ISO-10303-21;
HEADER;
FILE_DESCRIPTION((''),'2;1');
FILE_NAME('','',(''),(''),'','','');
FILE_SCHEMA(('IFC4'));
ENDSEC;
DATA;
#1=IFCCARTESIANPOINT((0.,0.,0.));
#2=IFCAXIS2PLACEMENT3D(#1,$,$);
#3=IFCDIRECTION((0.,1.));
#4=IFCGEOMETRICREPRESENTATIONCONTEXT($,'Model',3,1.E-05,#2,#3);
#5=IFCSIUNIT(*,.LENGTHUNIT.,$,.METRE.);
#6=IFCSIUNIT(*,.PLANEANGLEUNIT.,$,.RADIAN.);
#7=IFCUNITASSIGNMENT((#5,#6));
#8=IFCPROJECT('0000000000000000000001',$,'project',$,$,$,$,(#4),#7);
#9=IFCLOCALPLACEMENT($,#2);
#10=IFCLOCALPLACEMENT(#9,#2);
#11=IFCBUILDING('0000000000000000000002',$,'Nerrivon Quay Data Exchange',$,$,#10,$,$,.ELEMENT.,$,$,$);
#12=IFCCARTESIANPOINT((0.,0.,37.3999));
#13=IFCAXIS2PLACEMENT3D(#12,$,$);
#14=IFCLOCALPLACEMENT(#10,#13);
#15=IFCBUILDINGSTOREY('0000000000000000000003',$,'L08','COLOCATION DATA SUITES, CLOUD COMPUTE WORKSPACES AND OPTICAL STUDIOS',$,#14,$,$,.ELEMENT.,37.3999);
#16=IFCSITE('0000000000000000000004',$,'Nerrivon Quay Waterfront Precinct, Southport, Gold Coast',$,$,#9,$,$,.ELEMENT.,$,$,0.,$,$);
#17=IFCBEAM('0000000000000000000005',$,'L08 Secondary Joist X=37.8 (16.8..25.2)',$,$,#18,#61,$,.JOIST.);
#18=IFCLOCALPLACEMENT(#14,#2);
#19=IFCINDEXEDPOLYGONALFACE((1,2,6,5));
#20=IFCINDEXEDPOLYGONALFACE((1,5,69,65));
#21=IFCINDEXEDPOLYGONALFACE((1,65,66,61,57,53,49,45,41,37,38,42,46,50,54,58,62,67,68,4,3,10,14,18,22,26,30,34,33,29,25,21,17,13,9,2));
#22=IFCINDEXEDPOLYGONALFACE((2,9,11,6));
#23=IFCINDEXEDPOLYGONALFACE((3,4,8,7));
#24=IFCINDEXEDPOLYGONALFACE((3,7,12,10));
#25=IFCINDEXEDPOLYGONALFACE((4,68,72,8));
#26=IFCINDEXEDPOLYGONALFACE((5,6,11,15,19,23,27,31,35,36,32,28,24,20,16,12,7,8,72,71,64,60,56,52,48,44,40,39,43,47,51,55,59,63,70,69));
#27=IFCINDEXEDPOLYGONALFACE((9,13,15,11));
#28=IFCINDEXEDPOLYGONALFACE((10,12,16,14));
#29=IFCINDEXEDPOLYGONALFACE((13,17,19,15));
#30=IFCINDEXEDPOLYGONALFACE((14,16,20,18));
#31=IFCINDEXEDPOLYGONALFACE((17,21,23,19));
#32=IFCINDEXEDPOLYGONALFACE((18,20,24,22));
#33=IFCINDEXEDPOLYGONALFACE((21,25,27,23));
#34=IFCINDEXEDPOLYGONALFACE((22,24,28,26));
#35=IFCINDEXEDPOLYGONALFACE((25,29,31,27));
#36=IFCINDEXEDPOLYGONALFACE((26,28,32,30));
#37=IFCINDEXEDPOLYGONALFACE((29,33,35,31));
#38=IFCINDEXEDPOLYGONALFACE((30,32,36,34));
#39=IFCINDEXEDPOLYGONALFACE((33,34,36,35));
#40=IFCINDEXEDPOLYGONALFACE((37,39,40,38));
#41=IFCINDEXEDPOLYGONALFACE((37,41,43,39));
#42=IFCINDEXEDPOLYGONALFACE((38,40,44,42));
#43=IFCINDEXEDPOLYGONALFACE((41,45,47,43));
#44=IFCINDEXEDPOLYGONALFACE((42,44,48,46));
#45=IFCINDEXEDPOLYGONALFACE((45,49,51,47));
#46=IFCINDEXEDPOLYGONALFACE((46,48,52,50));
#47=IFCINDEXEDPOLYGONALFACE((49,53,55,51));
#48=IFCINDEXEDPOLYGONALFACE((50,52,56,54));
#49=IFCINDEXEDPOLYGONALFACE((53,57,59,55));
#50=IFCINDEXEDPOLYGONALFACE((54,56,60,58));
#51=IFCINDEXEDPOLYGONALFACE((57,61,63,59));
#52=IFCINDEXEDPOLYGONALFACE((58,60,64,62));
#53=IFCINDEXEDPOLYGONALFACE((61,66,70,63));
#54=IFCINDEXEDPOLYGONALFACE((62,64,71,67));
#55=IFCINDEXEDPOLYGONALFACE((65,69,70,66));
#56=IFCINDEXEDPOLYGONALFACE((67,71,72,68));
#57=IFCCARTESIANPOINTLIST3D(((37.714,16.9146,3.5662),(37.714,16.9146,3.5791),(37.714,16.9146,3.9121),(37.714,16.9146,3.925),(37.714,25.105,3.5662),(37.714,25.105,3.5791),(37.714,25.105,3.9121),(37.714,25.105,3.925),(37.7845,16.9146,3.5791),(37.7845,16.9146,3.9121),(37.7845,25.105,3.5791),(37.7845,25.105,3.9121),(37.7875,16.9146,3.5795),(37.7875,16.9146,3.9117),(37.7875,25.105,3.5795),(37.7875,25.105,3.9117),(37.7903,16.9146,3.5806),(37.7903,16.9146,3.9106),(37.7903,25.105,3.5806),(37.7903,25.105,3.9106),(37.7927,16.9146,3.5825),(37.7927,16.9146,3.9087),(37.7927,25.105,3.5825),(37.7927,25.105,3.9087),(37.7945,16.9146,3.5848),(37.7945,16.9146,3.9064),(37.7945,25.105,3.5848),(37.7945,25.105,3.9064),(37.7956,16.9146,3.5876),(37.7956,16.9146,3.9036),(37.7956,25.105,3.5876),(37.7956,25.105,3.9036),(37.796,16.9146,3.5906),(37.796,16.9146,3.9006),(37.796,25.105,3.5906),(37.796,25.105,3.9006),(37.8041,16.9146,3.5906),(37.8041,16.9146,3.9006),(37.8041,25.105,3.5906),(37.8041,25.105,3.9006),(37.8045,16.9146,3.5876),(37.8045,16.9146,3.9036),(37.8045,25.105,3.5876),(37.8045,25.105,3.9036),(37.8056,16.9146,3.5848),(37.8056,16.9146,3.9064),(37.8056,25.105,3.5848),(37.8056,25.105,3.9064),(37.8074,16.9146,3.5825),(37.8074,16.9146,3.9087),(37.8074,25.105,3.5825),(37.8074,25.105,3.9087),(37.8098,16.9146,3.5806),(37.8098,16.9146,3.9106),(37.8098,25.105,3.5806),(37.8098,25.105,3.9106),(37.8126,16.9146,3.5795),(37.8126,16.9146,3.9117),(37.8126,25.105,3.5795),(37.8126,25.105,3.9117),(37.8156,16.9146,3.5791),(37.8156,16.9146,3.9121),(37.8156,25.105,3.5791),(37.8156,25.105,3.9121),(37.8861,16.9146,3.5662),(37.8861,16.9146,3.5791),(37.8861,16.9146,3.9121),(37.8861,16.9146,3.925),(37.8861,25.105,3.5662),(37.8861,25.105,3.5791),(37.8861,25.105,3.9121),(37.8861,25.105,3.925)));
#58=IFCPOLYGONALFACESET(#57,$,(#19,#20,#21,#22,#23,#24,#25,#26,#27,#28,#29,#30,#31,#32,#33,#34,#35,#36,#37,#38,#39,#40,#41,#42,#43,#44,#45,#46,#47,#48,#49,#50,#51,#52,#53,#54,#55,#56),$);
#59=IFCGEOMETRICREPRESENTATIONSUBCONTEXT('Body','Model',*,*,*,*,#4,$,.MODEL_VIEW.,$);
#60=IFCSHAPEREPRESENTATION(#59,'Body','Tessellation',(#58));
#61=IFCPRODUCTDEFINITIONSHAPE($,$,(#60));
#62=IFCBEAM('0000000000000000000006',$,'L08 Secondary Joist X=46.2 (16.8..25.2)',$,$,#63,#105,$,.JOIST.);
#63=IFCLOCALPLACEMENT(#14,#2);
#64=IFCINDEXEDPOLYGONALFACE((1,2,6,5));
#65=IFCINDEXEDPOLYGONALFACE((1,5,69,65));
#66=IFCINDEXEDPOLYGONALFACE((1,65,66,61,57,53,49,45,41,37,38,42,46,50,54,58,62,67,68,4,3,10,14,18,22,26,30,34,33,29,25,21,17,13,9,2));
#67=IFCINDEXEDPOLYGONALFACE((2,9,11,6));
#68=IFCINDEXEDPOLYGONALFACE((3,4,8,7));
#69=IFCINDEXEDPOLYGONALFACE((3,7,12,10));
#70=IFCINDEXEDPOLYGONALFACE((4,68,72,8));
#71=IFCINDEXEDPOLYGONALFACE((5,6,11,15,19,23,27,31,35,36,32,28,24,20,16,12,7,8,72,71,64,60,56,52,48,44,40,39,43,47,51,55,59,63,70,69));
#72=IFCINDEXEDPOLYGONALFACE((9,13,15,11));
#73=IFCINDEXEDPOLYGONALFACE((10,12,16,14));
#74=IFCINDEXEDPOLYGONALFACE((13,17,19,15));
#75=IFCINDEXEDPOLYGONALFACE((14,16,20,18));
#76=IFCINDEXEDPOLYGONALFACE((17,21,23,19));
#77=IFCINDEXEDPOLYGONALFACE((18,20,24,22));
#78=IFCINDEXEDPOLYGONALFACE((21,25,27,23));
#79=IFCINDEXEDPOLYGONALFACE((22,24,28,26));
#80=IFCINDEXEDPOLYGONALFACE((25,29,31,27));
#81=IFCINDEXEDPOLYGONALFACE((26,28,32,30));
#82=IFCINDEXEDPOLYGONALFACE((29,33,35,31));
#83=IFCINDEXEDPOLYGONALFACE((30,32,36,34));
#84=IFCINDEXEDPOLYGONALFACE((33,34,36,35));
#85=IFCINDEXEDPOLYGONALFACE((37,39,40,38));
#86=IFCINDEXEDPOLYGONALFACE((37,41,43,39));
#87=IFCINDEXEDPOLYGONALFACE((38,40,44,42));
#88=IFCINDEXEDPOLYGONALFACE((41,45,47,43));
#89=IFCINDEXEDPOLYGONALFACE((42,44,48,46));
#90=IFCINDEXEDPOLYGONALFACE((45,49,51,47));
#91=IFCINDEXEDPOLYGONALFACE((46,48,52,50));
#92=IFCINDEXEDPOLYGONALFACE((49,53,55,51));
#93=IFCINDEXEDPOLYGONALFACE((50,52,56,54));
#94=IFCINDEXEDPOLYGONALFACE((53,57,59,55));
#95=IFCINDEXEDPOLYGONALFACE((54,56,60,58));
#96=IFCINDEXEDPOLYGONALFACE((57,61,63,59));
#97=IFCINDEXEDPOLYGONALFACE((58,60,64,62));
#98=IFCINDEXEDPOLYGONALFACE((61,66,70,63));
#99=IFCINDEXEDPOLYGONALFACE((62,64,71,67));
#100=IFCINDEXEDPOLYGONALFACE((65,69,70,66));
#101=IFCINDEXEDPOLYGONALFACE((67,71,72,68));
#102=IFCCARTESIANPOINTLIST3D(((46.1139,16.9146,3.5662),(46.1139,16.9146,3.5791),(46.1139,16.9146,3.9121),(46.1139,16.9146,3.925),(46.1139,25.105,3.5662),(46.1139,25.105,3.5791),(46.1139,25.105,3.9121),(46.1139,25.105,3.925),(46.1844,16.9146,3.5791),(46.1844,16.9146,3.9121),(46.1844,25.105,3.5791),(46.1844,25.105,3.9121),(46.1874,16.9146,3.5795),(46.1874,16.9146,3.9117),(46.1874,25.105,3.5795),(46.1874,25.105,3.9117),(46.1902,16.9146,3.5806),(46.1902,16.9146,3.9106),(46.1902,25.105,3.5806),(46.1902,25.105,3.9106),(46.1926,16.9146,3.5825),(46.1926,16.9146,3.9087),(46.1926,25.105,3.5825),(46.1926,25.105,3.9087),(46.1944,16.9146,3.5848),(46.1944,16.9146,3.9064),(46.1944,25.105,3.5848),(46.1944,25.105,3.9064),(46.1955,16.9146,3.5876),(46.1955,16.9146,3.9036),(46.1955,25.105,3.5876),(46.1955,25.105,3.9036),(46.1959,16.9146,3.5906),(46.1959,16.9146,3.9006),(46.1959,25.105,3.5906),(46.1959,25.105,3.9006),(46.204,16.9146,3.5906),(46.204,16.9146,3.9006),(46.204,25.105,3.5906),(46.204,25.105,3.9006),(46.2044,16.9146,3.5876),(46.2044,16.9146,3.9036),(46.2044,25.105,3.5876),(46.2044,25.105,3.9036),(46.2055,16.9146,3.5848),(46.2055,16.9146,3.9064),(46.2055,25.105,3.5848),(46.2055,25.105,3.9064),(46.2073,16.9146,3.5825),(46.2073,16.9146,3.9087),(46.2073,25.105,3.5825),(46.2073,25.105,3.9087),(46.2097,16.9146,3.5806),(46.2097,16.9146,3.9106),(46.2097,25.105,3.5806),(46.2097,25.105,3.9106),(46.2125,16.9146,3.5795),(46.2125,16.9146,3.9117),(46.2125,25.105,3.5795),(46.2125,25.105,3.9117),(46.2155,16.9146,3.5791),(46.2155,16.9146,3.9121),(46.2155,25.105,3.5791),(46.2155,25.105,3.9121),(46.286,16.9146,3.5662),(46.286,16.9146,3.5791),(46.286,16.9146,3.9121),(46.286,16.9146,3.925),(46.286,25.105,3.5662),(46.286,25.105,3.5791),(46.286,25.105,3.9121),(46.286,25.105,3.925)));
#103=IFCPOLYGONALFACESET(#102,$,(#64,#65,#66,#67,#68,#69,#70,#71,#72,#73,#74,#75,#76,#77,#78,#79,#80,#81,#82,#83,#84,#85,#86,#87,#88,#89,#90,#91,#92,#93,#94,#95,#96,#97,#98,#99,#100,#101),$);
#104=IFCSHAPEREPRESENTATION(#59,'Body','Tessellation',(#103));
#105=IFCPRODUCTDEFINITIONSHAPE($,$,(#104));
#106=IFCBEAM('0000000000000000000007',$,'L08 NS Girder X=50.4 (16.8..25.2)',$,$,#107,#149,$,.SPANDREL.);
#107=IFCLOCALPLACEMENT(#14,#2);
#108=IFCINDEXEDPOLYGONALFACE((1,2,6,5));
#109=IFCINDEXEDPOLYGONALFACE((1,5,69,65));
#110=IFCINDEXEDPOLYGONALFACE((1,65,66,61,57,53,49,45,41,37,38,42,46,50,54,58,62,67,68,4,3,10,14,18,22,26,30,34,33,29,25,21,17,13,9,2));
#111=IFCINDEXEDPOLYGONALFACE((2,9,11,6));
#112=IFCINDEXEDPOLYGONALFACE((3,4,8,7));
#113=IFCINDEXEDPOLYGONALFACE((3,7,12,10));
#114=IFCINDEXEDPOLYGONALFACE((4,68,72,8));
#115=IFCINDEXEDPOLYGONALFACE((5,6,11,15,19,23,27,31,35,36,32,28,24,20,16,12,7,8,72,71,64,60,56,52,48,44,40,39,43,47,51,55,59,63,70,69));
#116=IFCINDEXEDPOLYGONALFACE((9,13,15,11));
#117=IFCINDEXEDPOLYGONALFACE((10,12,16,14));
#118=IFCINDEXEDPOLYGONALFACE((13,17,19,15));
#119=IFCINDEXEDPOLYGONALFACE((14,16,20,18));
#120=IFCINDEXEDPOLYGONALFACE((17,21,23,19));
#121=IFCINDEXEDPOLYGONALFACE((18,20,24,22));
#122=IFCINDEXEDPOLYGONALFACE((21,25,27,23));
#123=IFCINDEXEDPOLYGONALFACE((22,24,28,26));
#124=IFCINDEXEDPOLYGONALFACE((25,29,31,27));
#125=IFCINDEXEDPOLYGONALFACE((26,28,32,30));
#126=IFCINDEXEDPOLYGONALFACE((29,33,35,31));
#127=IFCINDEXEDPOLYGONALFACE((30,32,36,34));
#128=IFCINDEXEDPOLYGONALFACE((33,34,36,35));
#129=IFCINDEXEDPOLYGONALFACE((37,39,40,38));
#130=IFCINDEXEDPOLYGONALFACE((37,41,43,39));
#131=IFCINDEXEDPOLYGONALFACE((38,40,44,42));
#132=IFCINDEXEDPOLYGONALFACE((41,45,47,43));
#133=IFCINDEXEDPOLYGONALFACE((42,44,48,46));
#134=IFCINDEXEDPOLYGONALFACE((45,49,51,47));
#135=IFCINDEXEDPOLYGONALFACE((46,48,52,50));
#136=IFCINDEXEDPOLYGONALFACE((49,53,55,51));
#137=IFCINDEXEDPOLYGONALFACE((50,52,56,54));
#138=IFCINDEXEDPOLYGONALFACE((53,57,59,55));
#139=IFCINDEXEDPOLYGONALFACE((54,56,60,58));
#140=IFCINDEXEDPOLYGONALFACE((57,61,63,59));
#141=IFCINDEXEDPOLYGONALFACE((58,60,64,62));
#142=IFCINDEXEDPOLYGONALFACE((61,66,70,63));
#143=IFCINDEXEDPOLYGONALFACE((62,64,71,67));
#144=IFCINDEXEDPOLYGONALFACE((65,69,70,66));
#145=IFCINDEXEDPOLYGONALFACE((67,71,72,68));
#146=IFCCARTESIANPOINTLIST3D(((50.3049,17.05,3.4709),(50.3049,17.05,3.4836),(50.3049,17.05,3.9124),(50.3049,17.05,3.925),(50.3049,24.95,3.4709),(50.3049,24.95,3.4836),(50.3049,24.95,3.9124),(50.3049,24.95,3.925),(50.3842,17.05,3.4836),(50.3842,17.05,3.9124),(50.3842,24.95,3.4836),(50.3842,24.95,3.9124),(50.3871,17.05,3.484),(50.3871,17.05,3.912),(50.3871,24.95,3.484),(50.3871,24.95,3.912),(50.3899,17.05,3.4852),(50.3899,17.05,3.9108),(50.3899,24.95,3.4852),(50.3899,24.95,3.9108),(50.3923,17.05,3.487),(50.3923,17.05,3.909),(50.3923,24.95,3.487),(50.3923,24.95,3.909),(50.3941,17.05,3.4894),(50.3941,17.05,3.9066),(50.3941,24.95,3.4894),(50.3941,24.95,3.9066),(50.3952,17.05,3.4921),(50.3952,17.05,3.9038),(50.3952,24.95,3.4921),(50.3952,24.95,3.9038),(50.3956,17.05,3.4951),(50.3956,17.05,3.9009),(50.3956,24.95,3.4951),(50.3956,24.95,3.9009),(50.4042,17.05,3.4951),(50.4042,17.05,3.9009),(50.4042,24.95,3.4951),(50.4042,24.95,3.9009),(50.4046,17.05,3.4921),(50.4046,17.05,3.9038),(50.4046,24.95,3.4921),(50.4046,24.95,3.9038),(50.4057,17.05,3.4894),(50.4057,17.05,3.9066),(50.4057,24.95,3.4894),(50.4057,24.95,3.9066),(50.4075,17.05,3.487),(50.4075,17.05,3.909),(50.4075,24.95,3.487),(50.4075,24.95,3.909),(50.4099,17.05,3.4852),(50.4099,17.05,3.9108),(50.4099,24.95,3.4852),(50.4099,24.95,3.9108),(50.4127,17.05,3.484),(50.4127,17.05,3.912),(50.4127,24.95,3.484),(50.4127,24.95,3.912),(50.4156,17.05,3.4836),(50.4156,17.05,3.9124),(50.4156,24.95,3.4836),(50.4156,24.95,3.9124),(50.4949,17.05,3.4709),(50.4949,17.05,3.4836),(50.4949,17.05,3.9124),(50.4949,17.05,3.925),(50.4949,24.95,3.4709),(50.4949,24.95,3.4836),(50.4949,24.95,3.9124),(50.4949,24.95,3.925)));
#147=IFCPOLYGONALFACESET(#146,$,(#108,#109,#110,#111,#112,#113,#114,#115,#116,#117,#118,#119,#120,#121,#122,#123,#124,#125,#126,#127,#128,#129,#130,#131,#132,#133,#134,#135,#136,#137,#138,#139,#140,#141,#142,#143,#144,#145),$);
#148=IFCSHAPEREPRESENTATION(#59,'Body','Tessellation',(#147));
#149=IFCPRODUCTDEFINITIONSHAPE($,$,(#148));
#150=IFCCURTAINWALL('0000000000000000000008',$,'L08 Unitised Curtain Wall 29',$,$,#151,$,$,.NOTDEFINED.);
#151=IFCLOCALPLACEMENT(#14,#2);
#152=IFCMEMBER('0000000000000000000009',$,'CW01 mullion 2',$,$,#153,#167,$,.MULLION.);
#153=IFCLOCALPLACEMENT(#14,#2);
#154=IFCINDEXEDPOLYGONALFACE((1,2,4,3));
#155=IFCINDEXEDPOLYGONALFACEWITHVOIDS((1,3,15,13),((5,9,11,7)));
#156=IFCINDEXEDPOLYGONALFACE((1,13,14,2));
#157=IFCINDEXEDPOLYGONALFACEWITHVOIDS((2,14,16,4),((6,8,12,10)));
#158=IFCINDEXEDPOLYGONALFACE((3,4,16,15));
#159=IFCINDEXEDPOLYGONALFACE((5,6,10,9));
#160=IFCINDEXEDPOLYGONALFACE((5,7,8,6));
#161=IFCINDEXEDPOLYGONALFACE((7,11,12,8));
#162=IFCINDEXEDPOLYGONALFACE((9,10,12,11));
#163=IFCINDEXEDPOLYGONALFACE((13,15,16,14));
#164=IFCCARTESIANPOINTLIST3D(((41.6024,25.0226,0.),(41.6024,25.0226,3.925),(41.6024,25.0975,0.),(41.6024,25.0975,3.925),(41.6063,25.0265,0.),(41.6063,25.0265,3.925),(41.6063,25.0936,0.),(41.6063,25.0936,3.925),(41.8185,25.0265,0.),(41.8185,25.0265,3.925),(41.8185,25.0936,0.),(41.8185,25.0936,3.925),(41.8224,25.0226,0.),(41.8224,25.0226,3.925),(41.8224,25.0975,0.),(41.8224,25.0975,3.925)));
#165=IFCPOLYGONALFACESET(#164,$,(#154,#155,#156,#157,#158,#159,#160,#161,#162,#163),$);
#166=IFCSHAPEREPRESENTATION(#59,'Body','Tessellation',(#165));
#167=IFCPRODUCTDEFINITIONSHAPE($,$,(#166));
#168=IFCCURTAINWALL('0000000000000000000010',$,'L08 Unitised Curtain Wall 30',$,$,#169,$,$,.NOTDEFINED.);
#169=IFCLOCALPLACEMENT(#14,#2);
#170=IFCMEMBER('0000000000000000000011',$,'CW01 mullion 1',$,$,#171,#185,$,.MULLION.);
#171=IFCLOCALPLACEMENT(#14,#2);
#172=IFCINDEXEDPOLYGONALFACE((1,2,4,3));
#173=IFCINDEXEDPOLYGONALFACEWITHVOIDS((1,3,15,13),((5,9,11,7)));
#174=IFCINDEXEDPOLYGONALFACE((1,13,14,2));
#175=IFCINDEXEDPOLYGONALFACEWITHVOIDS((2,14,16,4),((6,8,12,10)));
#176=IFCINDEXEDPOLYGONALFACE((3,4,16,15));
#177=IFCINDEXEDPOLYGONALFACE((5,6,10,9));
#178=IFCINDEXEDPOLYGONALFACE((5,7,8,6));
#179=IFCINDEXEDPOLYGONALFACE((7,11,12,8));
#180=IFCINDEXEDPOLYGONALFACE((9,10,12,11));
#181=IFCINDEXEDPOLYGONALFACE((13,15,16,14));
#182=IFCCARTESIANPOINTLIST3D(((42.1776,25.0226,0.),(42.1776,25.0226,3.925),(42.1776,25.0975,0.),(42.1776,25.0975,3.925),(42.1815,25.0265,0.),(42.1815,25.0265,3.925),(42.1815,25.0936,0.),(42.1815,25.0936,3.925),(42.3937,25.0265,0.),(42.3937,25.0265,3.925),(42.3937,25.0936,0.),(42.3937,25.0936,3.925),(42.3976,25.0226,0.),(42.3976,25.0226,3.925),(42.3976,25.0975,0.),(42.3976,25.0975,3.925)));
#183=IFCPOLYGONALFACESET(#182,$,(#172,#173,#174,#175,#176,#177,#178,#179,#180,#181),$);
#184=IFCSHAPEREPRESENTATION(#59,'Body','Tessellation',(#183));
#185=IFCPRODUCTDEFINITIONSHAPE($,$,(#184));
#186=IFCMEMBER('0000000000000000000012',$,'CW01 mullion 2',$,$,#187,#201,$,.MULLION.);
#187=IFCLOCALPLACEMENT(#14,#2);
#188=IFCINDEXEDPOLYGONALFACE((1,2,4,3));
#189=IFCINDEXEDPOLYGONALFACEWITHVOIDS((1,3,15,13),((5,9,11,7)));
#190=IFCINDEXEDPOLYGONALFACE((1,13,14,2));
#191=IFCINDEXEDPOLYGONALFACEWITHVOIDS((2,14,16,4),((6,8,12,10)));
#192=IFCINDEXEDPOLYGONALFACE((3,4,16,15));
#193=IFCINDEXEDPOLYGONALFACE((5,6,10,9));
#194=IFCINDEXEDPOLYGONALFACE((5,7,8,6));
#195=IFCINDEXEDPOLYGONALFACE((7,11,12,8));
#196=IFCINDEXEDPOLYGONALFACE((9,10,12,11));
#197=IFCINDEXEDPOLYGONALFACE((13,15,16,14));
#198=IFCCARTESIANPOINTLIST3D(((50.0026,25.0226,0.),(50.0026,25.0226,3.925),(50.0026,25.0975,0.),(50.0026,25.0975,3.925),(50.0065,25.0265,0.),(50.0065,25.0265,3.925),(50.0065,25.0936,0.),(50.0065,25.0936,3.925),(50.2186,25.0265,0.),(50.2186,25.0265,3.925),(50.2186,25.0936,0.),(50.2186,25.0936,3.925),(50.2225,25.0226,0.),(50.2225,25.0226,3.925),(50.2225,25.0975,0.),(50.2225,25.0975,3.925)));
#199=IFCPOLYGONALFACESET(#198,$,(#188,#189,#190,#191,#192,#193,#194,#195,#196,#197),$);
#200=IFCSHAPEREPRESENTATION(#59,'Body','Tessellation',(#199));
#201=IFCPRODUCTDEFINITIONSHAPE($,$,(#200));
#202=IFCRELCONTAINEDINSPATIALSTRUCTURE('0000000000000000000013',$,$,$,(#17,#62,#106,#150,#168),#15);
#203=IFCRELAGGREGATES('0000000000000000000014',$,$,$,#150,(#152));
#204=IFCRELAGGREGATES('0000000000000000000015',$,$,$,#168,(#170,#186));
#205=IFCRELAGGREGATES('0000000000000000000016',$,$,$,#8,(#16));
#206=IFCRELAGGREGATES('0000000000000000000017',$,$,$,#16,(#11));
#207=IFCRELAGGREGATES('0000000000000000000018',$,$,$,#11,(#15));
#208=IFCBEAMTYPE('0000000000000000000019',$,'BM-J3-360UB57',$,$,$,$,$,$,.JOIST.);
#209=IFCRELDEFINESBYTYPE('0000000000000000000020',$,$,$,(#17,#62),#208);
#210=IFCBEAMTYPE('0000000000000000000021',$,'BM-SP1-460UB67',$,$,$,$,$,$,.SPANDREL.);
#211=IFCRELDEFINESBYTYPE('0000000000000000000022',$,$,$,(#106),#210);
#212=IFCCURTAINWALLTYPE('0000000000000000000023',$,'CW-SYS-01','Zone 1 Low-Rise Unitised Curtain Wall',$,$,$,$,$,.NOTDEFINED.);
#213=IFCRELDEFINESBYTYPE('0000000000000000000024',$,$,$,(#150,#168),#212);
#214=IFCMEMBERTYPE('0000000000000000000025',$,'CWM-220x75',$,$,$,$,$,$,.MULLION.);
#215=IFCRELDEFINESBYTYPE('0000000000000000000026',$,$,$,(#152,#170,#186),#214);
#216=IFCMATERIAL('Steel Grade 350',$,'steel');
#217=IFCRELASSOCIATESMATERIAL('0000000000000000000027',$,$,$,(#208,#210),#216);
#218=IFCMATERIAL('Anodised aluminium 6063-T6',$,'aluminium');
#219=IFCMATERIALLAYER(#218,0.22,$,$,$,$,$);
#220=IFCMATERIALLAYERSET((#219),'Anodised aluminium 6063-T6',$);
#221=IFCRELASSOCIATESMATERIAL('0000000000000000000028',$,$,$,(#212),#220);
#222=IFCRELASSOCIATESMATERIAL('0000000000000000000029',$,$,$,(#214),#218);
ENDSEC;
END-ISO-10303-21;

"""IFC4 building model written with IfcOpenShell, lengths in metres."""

from ifc_helpers import new_model, si_unit, direction, frame, origin, origin_2d, place, context, subcontext, project, spatial, hollow_rectangle, i_section, extrude, material, layer, layer_set, material_profile, profile_set, type_object, element, aggregate, save


model = new_model("IFC4")

# Units and contexts
model_context = context("Model", 3, precision=1e-05, world=origin(), true_north=direction((0.0, 1.0)))
body_context = subcontext(model_context, "Body", "Model", "MODEL_VIEW")
ifc_project = project(units=[si_unit("LENGTHUNIT", "METRE"), si_unit("PLANEANGLEUNIT", "RADIAN")], contexts=[model_context])

# Site, building, storey
site_placement = place(None, origin())
site = spatial("IfcSite", under=ifc_project, at=site_placement, Name="Nerrivon Quay Waterfront Precinct, Southport, Gold Coast", CompositionType="ELEMENT", RefElevation=0.0)
building_placement = place(site_placement, origin())
building = spatial("IfcBuilding", under=site, at=building_placement, Name="Nerrivon Quay Data Exchange", CompositionType="ELEMENT")
storey_placement = place(building_placement, frame((0.0, 0.0, 37.3999)))
storey = spatial("IfcBuildingStorey", under=building, at=storey_placement, Name="L08", Description="COLOCATION DATA SUITES, CLOUD COMPUTE WORKSPACES AND OPTICAL STUDIOS", CompositionType="ELEMENT", Elevation=37.3999)

# Shared definitions
ifc_material_1 = material(Name="Steel Grade 350", Category="steel")

# Beams
ifc_material_profile_1 = material_profile(ifc_material_1, i_section(OverallWidth=0.1721, OverallDepth=0.3589, WebThickness=0.0081, FlangeThickness=0.0129, FilletRadius=0.0115, at=origin_2d()), Name="360UB56.7")
ifc_profile_set_1 = profile_set([ifc_material_profile_1], Name="Steel Grade 350")
beam_type_1 = type_object("IfcBeamType", Name="BM-J3-360UB57", PredefinedType="JOIST", material=ifc_profile_set_1)
for number, where, z_axis, x_axis, name in (
    (1, (37.8, 16.9146, 3.7456), (0.0, 1.0, 0.0), (-1.0, 0.0, 0.0), "L08 Secondary Joist X=37.8 (16.8..25.2)"),
    (2, (46.2, 16.9146, 3.7456), (0.0, 1.0, 0.0), (-1.0, 0.0, 0.0), "L08 Secondary Joist X=46.2 (16.8..25.2)"),
):
    element("IfcBeam", number, at=place(storey_placement, frame(where, z_axis=z_axis, x_axis=x_axis)), inside=storey, type_object=beam_type_1, Name=name, PredefinedType="JOIST", context=body_context, shape_type="SweptSolid", body=[
        extrude(i_section(OverallWidth=0.1721, OverallDepth=0.3589, WebThickness=0.0081, FlangeThickness=0.0129, FilletRadius=0.0115, at=origin_2d()), origin(), (0.0, 0.0, 1.0), 8.1904),
    ])
ifc_material_profile_2 = material_profile(ifc_material_1, i_section(OverallWidth=0.1899, OverallDepth=0.4541, WebThickness=0.0085, FlangeThickness=0.0127, FilletRadius=0.0115, at=origin_2d()), Name="460UB67.1")
ifc_profile_set_2 = profile_set([ifc_material_profile_2], Name="Steel Grade 350")
beam_type_2 = type_object("IfcBeamType", Name="BM-SP1-460UB67", PredefinedType="SPANDREL", material=ifc_profile_set_2)
beam_1_placement = place(storey_placement, frame((50.3999, 17.05, 3.698), z_axis=(0.0, 1.0, 0.0), x_axis=(-1.0, 0.0, 0.0)))
element("IfcBeam", 3, at=beam_1_placement, inside=storey, type_object=beam_type_2, Name="L08 NS Girder X=50.4 (16.8..25.2)", PredefinedType="SPANDREL", context=body_context, shape_type="SweptSolid", body=[
    extrude(i_section(OverallWidth=0.1899, OverallDepth=0.4541, WebThickness=0.0085, FlangeThickness=0.0127, FilletRadius=0.0115, at=origin_2d()), origin(), (0.0, 0.0, 1.0), 7.8999),
])

# Curtain wall, member
ifc_material_2 = material(Name="Anodised aluminium 6063-T6", Category="aluminium")
ifc_layer_1 = layer(ifc_material_2, 0.22)
ifc_layer_set_1 = layer_set([ifc_layer_1], Name="Anodised aluminium 6063-T6")
curtain_wall_type = type_object("IfcCurtainWallType", Name="CW-SYS-01", Description="Zone 1 Low-Rise Unitised Curtain Wall", PredefinedType="NOTDEFINED", material=ifc_layer_set_1)
curtain_wall_1_placement = place(storey_placement, origin())
curtain_wall_1 = element("IfcCurtainWall", 4, at=curtain_wall_1_placement, inside=storey, type_object=curtain_wall_type, Name="L08 Unitised Curtain Wall 29", PredefinedType="NOTDEFINED")
ifc_material_profile_3 = material_profile(ifc_material_2, hollow_rectangle(XDim=0.075, YDim=0.22, WallThickness=0.0039, at=origin_2d()), Name="ALU-MULL-220x75")
ifc_profile_set_3 = profile_set([ifc_material_profile_3], Name="Anodised aluminium 6063-T6")
member_type_1 = type_object("IfcMemberType", Name="CWM-220x75", PredefinedType="MULLION", material=ifc_profile_set_3)
member_1_placement = place(storey_placement, frame((41.7124, 25.0601, 0.0), z_axis=(0.0, 0.0, 1.0), x_axis=(0.0, 1.0, 0.0)))
member_1 = element("IfcMember", 5, at=member_1_placement, type_object=member_type_1, Name="CW01 mullion 2", PredefinedType="MULLION", context=body_context, shape_type="SweptSolid", body=[
    extrude(hollow_rectangle(XDim=0.075, YDim=0.22, WallThickness=0.0039, at=origin_2d()), origin(), (0.0, 0.0, 1.0), 3.925),
])

# Curtain wall, members
curtain_wall_2_placement = place(storey_placement, origin())
curtain_wall_2 = element("IfcCurtainWall", 6, at=curtain_wall_2_placement, inside=storey, type_object=curtain_wall_type, Name="L08 Unitised Curtain Wall 30", PredefinedType="NOTDEFINED")
member_2_placement = place(storey_placement, frame((42.2876, 25.0601, 0.0), z_axis=(0.0, 0.0, 1.0), x_axis=(0.0, 1.0, 0.0)))
member_2 = element("IfcMember", 7, at=member_2_placement, type_object=member_type_1, Name="CW01 mullion 1", PredefinedType="MULLION", context=body_context, shape_type="SweptSolid", body=[
    extrude(hollow_rectangle(XDim=0.075, YDim=0.22, WallThickness=0.0039, at=origin_2d()), origin(), (0.0, 0.0, 1.0), 3.925),
])
member_3_placement = place(storey_placement, frame((50.1125, 25.0601, 0.0), z_axis=(0.0, 0.0, 1.0), x_axis=(0.0, 1.0, 0.0)))
member_3 = element("IfcMember", 8, at=member_3_placement, type_object=member_type_1, Name="CW01 mullion 2", PredefinedType="MULLION", context=body_context, shape_type="SweptSolid", body=[
    extrude(hollow_rectangle(XDim=0.075, YDim=0.22, WallThickness=0.0039, at=origin_2d()), origin(), (0.0, 0.0, 1.0), 3.925),
])

aggregate(curtain_wall_1, [member_1])
aggregate(curtain_wall_2, [member_2, member_3])

save(model, "model.ifc")
